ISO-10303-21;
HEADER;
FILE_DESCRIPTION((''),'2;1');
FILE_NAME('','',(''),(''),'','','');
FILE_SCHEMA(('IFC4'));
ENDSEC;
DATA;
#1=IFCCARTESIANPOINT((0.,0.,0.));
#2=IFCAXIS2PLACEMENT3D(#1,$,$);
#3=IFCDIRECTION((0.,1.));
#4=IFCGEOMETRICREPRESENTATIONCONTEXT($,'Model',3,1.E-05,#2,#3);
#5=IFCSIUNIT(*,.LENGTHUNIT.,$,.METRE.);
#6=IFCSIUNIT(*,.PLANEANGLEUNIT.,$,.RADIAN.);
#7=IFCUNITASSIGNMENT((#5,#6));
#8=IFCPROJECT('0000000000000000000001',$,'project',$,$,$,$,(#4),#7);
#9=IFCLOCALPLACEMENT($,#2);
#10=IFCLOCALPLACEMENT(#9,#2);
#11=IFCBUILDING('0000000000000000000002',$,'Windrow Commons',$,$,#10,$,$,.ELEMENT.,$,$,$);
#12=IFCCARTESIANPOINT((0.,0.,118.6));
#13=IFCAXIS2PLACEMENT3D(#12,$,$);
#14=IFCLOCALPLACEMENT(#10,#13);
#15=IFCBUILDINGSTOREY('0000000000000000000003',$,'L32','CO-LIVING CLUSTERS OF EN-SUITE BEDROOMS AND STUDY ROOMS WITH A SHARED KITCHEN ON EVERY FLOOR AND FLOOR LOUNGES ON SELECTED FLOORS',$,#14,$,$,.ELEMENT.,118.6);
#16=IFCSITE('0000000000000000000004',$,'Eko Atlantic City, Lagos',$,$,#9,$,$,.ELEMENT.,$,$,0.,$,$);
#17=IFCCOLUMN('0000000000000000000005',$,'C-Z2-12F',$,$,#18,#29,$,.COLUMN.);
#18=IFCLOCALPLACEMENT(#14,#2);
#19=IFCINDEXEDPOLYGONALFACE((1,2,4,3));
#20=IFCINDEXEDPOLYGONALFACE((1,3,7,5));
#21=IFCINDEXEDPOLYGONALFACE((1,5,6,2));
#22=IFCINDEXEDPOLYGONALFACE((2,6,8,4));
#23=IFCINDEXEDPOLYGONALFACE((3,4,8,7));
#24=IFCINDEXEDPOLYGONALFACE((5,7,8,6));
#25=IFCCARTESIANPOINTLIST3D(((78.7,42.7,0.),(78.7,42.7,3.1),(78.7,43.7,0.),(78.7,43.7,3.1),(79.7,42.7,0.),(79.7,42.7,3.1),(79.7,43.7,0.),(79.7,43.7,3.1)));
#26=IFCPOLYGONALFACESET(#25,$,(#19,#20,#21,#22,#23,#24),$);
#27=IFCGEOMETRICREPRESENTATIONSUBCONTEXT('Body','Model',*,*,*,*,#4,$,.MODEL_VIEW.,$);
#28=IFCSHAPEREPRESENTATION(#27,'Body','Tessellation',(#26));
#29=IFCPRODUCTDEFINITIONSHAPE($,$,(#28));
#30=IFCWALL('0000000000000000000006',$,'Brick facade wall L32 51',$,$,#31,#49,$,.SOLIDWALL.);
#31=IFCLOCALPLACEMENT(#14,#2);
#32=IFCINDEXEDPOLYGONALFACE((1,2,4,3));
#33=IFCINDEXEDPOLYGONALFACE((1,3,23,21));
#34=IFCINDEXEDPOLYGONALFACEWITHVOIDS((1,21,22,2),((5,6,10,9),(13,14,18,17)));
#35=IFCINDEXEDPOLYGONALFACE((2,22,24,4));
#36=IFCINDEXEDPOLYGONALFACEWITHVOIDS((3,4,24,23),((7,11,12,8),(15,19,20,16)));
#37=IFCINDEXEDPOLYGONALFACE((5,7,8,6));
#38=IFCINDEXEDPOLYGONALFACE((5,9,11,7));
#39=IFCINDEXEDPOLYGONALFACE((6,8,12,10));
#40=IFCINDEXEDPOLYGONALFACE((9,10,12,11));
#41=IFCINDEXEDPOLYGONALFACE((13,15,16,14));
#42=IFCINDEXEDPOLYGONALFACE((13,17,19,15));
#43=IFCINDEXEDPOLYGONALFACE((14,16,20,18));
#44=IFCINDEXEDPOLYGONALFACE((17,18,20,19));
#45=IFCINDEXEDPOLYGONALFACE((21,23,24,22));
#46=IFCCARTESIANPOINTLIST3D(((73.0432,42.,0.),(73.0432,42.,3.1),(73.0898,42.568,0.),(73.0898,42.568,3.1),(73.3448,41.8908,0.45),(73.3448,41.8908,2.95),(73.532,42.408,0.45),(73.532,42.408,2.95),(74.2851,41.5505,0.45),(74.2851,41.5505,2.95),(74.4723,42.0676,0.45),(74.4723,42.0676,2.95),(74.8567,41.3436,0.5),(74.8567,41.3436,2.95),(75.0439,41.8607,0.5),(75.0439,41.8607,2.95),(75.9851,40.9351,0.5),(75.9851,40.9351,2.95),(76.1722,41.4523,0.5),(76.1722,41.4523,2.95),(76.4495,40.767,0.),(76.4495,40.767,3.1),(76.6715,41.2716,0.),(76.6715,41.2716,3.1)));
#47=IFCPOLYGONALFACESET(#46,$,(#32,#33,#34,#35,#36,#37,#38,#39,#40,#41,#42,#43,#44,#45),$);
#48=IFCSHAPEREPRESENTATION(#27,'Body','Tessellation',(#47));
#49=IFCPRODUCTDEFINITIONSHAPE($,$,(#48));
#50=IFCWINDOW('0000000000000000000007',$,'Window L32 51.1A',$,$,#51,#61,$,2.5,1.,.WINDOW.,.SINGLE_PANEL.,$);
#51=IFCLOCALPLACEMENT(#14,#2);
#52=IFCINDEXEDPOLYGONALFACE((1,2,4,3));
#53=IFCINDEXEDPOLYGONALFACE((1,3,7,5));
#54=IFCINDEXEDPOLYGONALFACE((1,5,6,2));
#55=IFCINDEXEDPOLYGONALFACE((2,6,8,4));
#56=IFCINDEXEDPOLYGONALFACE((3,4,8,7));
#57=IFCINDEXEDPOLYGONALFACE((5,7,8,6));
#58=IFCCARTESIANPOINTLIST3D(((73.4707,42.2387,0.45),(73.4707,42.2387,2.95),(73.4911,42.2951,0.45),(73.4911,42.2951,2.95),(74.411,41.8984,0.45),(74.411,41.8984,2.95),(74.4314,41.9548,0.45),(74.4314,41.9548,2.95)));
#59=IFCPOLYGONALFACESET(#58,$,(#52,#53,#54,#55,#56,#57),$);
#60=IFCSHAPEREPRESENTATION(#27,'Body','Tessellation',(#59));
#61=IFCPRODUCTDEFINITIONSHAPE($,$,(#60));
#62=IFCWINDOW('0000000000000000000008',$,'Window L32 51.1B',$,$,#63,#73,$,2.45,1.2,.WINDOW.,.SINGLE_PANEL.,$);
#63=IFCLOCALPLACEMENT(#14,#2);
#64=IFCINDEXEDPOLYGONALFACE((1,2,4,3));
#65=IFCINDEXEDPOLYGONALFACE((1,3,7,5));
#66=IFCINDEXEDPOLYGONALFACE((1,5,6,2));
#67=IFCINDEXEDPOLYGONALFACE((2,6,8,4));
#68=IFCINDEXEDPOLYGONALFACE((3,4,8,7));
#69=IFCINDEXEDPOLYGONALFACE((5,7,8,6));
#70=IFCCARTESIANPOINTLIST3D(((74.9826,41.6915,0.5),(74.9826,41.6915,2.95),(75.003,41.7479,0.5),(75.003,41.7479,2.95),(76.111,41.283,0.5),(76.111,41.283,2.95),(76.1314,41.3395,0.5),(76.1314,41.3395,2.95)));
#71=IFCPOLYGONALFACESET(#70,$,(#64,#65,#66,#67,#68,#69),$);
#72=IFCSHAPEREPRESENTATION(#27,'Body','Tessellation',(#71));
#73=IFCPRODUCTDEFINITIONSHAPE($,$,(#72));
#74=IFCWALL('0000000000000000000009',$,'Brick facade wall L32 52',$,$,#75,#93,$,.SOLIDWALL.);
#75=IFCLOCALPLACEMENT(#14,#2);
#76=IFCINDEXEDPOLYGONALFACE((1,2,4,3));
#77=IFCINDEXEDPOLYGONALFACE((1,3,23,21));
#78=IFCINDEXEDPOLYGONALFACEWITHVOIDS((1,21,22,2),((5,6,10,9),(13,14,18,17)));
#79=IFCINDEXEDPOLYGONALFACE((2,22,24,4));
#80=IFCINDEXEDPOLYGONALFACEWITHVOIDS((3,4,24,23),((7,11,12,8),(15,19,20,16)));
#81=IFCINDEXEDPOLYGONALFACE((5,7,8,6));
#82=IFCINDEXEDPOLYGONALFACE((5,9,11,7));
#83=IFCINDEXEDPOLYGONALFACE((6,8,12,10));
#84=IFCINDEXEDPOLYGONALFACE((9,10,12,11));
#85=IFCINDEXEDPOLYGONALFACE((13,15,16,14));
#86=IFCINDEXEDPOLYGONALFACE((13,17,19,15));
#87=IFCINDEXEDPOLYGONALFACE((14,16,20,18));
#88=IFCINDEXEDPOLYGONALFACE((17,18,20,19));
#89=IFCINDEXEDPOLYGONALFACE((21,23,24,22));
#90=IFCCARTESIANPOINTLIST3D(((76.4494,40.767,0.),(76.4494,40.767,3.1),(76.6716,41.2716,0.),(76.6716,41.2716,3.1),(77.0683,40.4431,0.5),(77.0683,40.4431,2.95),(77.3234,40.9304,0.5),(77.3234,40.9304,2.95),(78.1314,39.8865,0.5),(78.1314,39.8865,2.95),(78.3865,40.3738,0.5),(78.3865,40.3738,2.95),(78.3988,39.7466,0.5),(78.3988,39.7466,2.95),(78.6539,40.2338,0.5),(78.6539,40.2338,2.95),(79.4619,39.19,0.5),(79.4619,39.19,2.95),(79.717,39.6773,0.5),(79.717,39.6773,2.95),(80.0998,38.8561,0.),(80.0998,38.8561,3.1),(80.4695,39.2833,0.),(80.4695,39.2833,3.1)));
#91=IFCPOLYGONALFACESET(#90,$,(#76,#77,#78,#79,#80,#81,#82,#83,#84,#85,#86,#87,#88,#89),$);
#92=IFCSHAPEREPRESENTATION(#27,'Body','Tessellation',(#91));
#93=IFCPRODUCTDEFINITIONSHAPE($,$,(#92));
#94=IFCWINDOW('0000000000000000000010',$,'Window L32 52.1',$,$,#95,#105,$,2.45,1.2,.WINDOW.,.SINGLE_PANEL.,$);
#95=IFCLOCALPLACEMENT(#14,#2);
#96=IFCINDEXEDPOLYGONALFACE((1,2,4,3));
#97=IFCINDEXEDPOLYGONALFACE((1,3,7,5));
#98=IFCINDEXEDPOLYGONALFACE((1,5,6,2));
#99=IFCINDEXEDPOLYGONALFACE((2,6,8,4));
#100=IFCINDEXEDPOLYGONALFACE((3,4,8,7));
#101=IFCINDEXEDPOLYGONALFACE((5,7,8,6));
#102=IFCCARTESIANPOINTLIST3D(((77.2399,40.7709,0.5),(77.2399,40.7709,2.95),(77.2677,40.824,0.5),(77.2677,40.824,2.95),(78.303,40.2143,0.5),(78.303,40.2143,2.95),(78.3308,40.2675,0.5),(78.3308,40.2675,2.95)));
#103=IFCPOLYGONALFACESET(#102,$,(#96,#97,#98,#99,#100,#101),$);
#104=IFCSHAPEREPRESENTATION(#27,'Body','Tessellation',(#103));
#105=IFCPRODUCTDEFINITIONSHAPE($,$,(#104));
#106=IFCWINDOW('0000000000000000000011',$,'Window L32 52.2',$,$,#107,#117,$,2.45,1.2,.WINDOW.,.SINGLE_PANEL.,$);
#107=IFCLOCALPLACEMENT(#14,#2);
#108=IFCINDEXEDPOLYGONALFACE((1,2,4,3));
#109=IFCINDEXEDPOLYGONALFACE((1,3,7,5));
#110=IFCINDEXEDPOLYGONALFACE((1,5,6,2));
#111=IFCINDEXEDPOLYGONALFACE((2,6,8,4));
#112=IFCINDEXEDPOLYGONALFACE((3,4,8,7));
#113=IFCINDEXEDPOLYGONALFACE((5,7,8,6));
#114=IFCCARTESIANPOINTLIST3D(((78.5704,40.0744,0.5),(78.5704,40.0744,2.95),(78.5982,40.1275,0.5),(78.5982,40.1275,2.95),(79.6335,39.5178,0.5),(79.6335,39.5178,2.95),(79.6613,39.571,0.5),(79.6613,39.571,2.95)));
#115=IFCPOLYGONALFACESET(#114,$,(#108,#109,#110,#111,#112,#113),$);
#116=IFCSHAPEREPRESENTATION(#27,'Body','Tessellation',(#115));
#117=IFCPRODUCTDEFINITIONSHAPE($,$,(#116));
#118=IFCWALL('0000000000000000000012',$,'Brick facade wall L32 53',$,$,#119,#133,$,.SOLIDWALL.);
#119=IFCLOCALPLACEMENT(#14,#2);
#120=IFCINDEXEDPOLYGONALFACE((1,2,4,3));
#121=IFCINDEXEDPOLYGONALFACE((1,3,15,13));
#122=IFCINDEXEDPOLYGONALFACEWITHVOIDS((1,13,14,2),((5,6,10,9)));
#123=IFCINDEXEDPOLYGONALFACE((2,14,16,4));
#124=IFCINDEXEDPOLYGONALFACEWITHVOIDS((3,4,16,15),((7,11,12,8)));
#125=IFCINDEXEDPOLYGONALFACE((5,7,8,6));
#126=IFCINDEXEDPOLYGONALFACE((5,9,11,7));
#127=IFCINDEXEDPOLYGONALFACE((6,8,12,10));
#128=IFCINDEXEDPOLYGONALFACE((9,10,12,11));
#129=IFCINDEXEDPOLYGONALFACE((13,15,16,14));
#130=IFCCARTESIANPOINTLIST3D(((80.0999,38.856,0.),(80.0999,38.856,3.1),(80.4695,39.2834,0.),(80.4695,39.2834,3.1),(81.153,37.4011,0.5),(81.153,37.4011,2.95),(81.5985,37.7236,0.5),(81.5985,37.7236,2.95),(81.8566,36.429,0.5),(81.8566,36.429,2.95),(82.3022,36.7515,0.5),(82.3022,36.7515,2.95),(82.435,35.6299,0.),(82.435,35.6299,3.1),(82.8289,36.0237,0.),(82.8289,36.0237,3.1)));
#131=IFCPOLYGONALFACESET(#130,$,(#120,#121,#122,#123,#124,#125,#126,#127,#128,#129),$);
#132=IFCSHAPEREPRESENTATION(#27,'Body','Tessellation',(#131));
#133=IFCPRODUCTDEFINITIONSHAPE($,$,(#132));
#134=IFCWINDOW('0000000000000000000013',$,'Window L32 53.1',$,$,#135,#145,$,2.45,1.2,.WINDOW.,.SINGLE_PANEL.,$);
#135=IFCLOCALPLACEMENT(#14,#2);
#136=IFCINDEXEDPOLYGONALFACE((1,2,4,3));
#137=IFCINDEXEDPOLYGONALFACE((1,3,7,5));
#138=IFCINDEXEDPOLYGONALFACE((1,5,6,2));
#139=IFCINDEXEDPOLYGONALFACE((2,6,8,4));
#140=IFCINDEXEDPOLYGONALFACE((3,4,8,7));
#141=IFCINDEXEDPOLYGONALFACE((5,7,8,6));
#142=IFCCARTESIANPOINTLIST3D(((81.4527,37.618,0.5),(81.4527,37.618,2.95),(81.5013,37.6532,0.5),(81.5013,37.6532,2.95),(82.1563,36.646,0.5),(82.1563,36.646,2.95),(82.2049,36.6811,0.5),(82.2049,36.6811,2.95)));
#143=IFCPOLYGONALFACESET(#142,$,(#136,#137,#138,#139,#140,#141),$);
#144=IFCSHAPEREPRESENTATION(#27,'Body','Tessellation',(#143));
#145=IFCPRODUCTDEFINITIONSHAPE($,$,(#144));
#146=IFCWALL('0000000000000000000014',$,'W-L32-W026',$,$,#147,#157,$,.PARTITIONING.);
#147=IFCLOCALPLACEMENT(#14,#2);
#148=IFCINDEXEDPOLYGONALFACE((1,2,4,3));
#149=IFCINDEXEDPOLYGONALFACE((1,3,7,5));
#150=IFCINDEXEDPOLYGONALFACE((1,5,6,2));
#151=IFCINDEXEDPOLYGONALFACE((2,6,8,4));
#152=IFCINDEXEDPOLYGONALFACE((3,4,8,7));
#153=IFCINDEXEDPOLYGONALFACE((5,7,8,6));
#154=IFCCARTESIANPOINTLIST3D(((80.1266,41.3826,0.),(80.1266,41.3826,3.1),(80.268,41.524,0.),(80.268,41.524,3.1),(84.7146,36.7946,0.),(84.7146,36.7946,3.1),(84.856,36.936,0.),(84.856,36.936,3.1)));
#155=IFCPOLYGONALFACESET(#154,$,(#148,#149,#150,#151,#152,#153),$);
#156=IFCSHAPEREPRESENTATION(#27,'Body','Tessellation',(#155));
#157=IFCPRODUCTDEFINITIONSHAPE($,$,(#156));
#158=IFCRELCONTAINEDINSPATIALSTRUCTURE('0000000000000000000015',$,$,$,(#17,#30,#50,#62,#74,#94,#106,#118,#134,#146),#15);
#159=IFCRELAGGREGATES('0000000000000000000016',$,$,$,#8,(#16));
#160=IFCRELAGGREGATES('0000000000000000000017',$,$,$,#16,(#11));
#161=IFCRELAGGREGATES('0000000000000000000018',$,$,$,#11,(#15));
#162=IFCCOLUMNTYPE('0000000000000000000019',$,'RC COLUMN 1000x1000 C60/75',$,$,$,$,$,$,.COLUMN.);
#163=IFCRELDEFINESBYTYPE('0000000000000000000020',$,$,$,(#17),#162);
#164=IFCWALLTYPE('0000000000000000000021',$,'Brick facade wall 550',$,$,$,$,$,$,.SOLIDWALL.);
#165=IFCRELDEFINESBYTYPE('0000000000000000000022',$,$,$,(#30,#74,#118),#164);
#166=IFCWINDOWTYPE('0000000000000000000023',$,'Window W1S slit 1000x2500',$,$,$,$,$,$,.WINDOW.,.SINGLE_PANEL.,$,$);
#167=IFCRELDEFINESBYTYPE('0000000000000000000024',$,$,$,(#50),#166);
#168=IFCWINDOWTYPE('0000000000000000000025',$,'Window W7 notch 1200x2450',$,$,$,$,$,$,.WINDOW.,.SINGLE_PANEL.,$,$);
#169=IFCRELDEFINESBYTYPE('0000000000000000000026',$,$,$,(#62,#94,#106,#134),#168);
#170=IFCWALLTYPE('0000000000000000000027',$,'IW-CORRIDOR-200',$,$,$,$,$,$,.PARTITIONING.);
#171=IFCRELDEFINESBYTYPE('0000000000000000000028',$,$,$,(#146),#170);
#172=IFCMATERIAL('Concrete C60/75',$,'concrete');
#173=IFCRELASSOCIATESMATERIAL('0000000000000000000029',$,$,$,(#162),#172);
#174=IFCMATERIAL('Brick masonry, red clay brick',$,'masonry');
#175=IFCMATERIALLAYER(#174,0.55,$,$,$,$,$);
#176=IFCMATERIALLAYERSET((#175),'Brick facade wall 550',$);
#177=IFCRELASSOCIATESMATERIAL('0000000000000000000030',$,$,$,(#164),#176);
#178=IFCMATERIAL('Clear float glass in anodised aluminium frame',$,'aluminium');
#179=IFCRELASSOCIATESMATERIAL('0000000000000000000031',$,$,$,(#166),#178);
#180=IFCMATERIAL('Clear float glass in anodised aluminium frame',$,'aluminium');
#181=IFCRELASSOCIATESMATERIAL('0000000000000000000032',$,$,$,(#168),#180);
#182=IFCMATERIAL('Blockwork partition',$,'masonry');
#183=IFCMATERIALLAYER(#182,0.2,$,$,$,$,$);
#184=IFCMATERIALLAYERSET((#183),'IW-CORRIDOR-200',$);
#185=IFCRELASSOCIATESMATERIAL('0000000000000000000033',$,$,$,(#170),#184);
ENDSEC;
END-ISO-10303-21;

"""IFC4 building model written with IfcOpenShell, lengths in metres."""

from ifc_helpers import new_model, si_unit, direction, frame, frame_2d, origin, origin_2d, place, context, subcontext, project, spatial, polyline, rectangle, outline, extrude, material, layer, layer_set, material_profile, profile_set, type_object, element, fill, save


model = new_model("IFC4")

# Units and contexts
model_context = context("Model", 3, precision=1e-05, world=origin(), true_north=direction((0.0, 1.0)))
body_context = subcontext(model_context, "Body", "Model", "MODEL_VIEW")
ifc_project = project(units=[si_unit("LENGTHUNIT", "METRE"), si_unit("PLANEANGLEUNIT", "RADIAN")], contexts=[model_context])

# Site, building, storey
site_placement = place(None, origin())
site = spatial("IfcSite", under=ifc_project, at=site_placement, Name="Eko Atlantic City, Lagos", CompositionType="ELEMENT", RefElevation=0.0)
building_placement = place(site_placement, origin())
building = spatial("IfcBuilding", under=site, at=building_placement, Name="Windrow Commons", CompositionType="ELEMENT")
storey_placement = place(building_placement, frame((0.0, 0.0, 118.6)))
storey = spatial("IfcBuildingStorey", under=building, at=storey_placement, Name="L32", Description="CO-LIVING CLUSTERS OF EN-SUITE BEDROOMS AND STUDY ROOMS WITH A SHARED KITCHEN ON EVERY FLOOR AND FLOOR LOUNGES ON SELECTED FLOORS", CompositionType="ELEMENT", Elevation=118.6)

# Column
ifc_material_1 = material(Name="Concrete C60/75", Category="concrete")
ifc_material_profile = material_profile(ifc_material_1, rectangle(XDim=1.0, YDim=1.0, at=origin_2d()))
ifc_profile_set = profile_set([ifc_material_profile], Name="Concrete C60/75")
column_type = type_object("IfcColumnType", Name="RC COLUMN 1000x1000 C60/75", PredefinedType="COLUMN", material=ifc_profile_set)
column_placement = place(storey_placement, frame((79.2, 43.2, 0.0), z_axis=(0.0, 0.0, 1.0), x_axis=(1.0, 0.0, 0.0)))
element("IfcColumn", 1, at=column_placement, inside=storey, type_object=column_type, Name="C-Z2-12F", PredefinedType="COLUMN", context=body_context, shape_type="SweptSolid", body=[
    extrude(rectangle(XDim=1.0, YDim=1.0, at=origin_2d()), origin(), (0.0, 0.0, 1.0), 3.1),
])

# Walls, openings, windows
ifc_material_2 = material(Name="Brick masonry, red clay brick", Category="masonry")
ifc_layer_1 = layer(ifc_material_2, 0.55)
ifc_layer_set_1 = layer_set([ifc_layer_1], Name="Brick facade wall 550")
wall_type_1 = type_object("IfcWallType", Name="Brick facade wall 550", PredefinedType="SOLIDWALL", material=ifc_layer_set_1)
wall_1_placement = place(storey_placement, frame((73.0665, 42.284, 0.0), z_axis=(0.0, 0.0, 1.0), x_axis=(0.940298, -0.340353, 0.0)))
wall_1 = element("IfcWall", 2, at=wall_1_placement, inside=storey, type_object=wall_type_1, Name="Brick facade wall L32 51", PredefinedType="SOLIDWALL", context=body_context, shape_type="SweptSolid", body=[
    extrude(outline(polyline([(0.0748, -0.275), (3.6973, -0.275), (3.7344, 0.275), (-0.0748, 0.275), (0.0748, -0.275)])), origin(), (0.0, 0.0, 1.0), 3.1),
])
opening_1_placement = place(wall_1_placement, frame((0.3955, 0.0, 0.45)))
opening_1 = element("IfcOpeningElement", 3, at=opening_1_placement, cuts=wall_1, PredefinedType="OPENING", context=body_context, shape_type="SweptSolid", body=[
    extrude(rectangle(XDim=1.0, YDim=2.5, at=frame_2d((0.5, 1.25))), frame((0.0, 0.285, 0.0), z_axis=(0.0, -1.0, 0.0), x_axis=(1.0, 0.0, 0.0)), (0.0, 0.0, 1.0), 0.57),
])
opening_2_placement = place(wall_1_placement, frame((2.0034, 0.0, 0.5)))
opening_2 = element("IfcOpeningElement", 4, at=opening_2_placement, cuts=wall_1, PredefinedType="OPENING", context=body_context, shape_type="SweptSolid", body=[
    extrude(rectangle(XDim=1.2, YDim=2.45, at=frame_2d((0.6, 1.225))), frame((0.0, 0.285, 0.0), z_axis=(0.0, -1.0, 0.0), x_axis=(1.0, 0.0, 0.0)), (0.0, 0.0, 1.0), 0.57),
])
ifc_material_3 = material(Name="Clear float glass in anodised aluminium frame", Category="aluminium")
window_type_1 = type_object("IfcWindowType", Name="Window W1S slit 1000x2500", PartitioningType="SINGLE_PANEL", PredefinedType="WINDOW", material=ifc_material_3)
window_1_placement = place(opening_1_placement, origin())
window_1 = element("IfcWindow", 5, at=window_1_placement, inside=storey, type_object=window_type_1, Name="Window L32 51.1A", OverallHeight=2.5, OverallWidth=1.0, PartitioningType="SINGLE_PANEL", PredefinedType="WINDOW", context=body_context, shape_type="SweptSolid", body=[
    extrude(rectangle(XDim=1.0, YDim=2.5, at=frame_2d((0.5, 1.25))), frame((0.0, 0.155, 0.0), z_axis=(0.0, -1.0, 0.0), x_axis=(1.0, 0.0, 0.0)), (0.0, 0.0, 1.0), 0.06),
])
fill(opening_1, window_1)
ifc_material_4 = material(Name="Clear float glass in anodised aluminium frame", Category="aluminium")
window_type_2 = type_object("IfcWindowType", Name="Window W7 notch 1200x2450", PartitioningType="SINGLE_PANEL", PredefinedType="WINDOW", material=ifc_material_4)
window_2_placement = place(opening_2_placement, origin())
window_2 = element("IfcWindow", 6, at=window_2_placement, inside=storey, type_object=window_type_2, Name="Window L32 51.1B", OverallHeight=2.45, OverallWidth=1.2, PartitioningType="SINGLE_PANEL", PredefinedType="WINDOW", context=body_context, shape_type="SweptSolid", body=[
    extrude(rectangle(XDim=1.2, YDim=2.45, at=frame_2d((0.6, 1.225))), frame((0.0, 0.155, 0.0), z_axis=(0.0, -1.0, 0.0), x_axis=(1.0, 0.0, 0.0)), (0.0, 0.0, 1.0), 0.06),
])
fill(opening_2, window_2)
wall_2_placement = place(storey_placement, frame((76.5605, 41.0193, 0.0), z_axis=(0.0, 0.0, 1.0), x_axis=(0.885946, -0.463788, 0.0)))
wall_2 = element("IfcWall", 7, at=wall_2_placement, inside=storey, type_object=wall_type_1, Name="Brick facade wall L32 52", PredefinedType="SOLIDWALL", context=body_context, shape_type="SweptSolid", body=[
    extrude(outline(polyline([(0.0186, -0.275), (4.1389, -0.275), (4.2683, 0.275), (-0.0186, 0.275), (0.0186, -0.275)])), origin(), (0.0, 0.0, 1.0), 3.1),
])
opening_3_placement = place(wall_2_placement, frame((0.7171, 0.0, 0.5)))
opening_3 = element("IfcOpeningElement", 8, at=opening_3_placement, cuts=wall_2, PredefinedType="OPENING", context=body_context, shape_type="SweptSolid", body=[
    extrude(rectangle(XDim=1.2, YDim=2.45, at=frame_2d((0.6, 1.225))), frame((0.0, 0.285, 0.0), z_axis=(0.0, -1.0, 0.0), x_axis=(1.0, 0.0, 0.0)), (0.0, 0.0, 1.0), 0.57),
])
opening_4_placement = place(wall_2_placement, frame((2.2189, 0.0, 0.5)))
opening_4 = element("IfcOpeningElement", 9, at=opening_4_placement, cuts=wall_2, PredefinedType="OPENING", context=body_context, shape_type="SweptSolid", body=[
    extrude(rectangle(XDim=1.2, YDim=2.45, at=frame_2d((0.6, 1.225))), frame((0.0, 0.285, 0.0), z_axis=(0.0, -1.0, 0.0), x_axis=(1.0, 0.0, 0.0)), (0.0, 0.0, 1.0), 0.57),
])
window_3_placement = place(opening_3_placement, origin())
window_3 = element("IfcWindow", 10, at=window_3_placement, inside=storey, type_object=window_type_2, Name="Window L32 52.1", OverallHeight=2.45, OverallWidth=1.2, PartitioningType="SINGLE_PANEL", PredefinedType="WINDOW", context=body_context, shape_type="SweptSolid", body=[
    extrude(rectangle(XDim=1.2, YDim=2.45, at=frame_2d((0.6, 1.225))), frame((0.0, 0.155, 0.0), z_axis=(0.0, -1.0, 0.0), x_axis=(1.0, 0.0, 0.0)), (0.0, 0.0, 1.0), 0.06),
])
fill(opening_3, window_3)
window_4_placement = place(opening_4_placement, origin())
window_4 = element("IfcWindow", 11, at=window_4_placement, inside=storey, type_object=window_type_2, Name="Window L32 52.2", OverallHeight=2.45, OverallWidth=1.2, PartitioningType="SINGLE_PANEL", PredefinedType="WINDOW", context=body_context, shape_type="SweptSolid", body=[
    extrude(rectangle(XDim=1.2, YDim=2.45, at=frame_2d((0.6, 1.225))), frame((0.0, 0.155, 0.0), z_axis=(0.0, -1.0, 0.0), x_axis=(1.0, 0.0, 0.0)), (0.0, 0.0, 1.0), 0.06),
])
fill(opening_4, window_4)

# Wall, opening, window
wall_3_placement = place(storey_placement, frame((80.2847, 39.0697, 0.0), z_axis=(0.0, 0.0, 1.0), x_axis=(0.586345, -0.810062, 0.0)))
wall_3 = element("IfcWall", 12, at=wall_3_placement, inside=storey, type_object=wall_type_1, Name="Brick facade wall L32 53", PredefinedType="SOLIDWALL", context=body_context, shape_type="SweptSolid", body=[
    extrude(outline(polyline([(0.0647, -0.275), (4.0473, -0.275), (3.9592, 0.275), (-0.0647, 0.275), (0.0647, -0.275)])), origin(), (0.0, 0.0, 1.0), 3.1),
])
opening_5_placement = place(wall_3_placement, frame((1.8608, 0.0, 0.5)))
opening_5 = element("IfcOpeningElement", 13, at=opening_5_placement, cuts=wall_3, PredefinedType="OPENING", context=body_context, shape_type="SweptSolid", body=[
    extrude(rectangle(XDim=1.2, YDim=2.45, at=frame_2d((0.6, 1.225))), frame((0.0, 0.285, 0.0), z_axis=(0.0, -1.0, 0.0), x_axis=(1.0, 0.0, 0.0)), (0.0, 0.0, 1.0), 0.57),
])
window_5_placement = place(opening_5_placement, origin())
window_5 = element("IfcWindow", 14, at=window_5_placement, inside=storey, type_object=window_type_2, Name="Window L32 53.1", OverallHeight=2.45, OverallWidth=1.2, PartitioningType="SINGLE_PANEL", PredefinedType="WINDOW", context=body_context, shape_type="SweptSolid", body=[
    extrude(rectangle(XDim=1.2, YDim=2.45, at=frame_2d((0.6, 1.225))), frame((0.0, 0.155, 0.0), z_axis=(0.0, -1.0, 0.0), x_axis=(1.0, 0.0, 0.0)), (0.0, 0.0, 1.0), 0.06),
])
fill(opening_5, window_5)

# Wall
ifc_material_5 = material(Name="Blockwork partition", Category="masonry")
ifc_layer_2 = layer(ifc_material_5, 0.2)
ifc_layer_set_2 = layer_set([ifc_layer_2], Name="IW-CORRIDOR-200")
wall_type_2 = type_object("IfcWallType", Name="IW-CORRIDOR-200", PredefinedType="PARTITIONING", material=ifc_layer_set_2)
wall_4_placement = place(storey_placement, frame((80.1973, 41.4533, 0.0), z_axis=(0.0, 0.0, 1.0), x_axis=(0.707107, -0.707107, 0.0)))
element("IfcWall", 15, at=wall_4_placement, inside=storey, type_object=wall_type_2, Name="W-L32-W026", PredefinedType="PARTITIONING", context=body_context, shape_type="SweptSolid", body=[
    extrude(rectangle(XDim=6.4884, YDim=0.2, at=frame_2d((3.2442, 0.0))), origin(), (0.0, 0.0, 1.0), 3.1),
])

save(model, "model.ifc")
